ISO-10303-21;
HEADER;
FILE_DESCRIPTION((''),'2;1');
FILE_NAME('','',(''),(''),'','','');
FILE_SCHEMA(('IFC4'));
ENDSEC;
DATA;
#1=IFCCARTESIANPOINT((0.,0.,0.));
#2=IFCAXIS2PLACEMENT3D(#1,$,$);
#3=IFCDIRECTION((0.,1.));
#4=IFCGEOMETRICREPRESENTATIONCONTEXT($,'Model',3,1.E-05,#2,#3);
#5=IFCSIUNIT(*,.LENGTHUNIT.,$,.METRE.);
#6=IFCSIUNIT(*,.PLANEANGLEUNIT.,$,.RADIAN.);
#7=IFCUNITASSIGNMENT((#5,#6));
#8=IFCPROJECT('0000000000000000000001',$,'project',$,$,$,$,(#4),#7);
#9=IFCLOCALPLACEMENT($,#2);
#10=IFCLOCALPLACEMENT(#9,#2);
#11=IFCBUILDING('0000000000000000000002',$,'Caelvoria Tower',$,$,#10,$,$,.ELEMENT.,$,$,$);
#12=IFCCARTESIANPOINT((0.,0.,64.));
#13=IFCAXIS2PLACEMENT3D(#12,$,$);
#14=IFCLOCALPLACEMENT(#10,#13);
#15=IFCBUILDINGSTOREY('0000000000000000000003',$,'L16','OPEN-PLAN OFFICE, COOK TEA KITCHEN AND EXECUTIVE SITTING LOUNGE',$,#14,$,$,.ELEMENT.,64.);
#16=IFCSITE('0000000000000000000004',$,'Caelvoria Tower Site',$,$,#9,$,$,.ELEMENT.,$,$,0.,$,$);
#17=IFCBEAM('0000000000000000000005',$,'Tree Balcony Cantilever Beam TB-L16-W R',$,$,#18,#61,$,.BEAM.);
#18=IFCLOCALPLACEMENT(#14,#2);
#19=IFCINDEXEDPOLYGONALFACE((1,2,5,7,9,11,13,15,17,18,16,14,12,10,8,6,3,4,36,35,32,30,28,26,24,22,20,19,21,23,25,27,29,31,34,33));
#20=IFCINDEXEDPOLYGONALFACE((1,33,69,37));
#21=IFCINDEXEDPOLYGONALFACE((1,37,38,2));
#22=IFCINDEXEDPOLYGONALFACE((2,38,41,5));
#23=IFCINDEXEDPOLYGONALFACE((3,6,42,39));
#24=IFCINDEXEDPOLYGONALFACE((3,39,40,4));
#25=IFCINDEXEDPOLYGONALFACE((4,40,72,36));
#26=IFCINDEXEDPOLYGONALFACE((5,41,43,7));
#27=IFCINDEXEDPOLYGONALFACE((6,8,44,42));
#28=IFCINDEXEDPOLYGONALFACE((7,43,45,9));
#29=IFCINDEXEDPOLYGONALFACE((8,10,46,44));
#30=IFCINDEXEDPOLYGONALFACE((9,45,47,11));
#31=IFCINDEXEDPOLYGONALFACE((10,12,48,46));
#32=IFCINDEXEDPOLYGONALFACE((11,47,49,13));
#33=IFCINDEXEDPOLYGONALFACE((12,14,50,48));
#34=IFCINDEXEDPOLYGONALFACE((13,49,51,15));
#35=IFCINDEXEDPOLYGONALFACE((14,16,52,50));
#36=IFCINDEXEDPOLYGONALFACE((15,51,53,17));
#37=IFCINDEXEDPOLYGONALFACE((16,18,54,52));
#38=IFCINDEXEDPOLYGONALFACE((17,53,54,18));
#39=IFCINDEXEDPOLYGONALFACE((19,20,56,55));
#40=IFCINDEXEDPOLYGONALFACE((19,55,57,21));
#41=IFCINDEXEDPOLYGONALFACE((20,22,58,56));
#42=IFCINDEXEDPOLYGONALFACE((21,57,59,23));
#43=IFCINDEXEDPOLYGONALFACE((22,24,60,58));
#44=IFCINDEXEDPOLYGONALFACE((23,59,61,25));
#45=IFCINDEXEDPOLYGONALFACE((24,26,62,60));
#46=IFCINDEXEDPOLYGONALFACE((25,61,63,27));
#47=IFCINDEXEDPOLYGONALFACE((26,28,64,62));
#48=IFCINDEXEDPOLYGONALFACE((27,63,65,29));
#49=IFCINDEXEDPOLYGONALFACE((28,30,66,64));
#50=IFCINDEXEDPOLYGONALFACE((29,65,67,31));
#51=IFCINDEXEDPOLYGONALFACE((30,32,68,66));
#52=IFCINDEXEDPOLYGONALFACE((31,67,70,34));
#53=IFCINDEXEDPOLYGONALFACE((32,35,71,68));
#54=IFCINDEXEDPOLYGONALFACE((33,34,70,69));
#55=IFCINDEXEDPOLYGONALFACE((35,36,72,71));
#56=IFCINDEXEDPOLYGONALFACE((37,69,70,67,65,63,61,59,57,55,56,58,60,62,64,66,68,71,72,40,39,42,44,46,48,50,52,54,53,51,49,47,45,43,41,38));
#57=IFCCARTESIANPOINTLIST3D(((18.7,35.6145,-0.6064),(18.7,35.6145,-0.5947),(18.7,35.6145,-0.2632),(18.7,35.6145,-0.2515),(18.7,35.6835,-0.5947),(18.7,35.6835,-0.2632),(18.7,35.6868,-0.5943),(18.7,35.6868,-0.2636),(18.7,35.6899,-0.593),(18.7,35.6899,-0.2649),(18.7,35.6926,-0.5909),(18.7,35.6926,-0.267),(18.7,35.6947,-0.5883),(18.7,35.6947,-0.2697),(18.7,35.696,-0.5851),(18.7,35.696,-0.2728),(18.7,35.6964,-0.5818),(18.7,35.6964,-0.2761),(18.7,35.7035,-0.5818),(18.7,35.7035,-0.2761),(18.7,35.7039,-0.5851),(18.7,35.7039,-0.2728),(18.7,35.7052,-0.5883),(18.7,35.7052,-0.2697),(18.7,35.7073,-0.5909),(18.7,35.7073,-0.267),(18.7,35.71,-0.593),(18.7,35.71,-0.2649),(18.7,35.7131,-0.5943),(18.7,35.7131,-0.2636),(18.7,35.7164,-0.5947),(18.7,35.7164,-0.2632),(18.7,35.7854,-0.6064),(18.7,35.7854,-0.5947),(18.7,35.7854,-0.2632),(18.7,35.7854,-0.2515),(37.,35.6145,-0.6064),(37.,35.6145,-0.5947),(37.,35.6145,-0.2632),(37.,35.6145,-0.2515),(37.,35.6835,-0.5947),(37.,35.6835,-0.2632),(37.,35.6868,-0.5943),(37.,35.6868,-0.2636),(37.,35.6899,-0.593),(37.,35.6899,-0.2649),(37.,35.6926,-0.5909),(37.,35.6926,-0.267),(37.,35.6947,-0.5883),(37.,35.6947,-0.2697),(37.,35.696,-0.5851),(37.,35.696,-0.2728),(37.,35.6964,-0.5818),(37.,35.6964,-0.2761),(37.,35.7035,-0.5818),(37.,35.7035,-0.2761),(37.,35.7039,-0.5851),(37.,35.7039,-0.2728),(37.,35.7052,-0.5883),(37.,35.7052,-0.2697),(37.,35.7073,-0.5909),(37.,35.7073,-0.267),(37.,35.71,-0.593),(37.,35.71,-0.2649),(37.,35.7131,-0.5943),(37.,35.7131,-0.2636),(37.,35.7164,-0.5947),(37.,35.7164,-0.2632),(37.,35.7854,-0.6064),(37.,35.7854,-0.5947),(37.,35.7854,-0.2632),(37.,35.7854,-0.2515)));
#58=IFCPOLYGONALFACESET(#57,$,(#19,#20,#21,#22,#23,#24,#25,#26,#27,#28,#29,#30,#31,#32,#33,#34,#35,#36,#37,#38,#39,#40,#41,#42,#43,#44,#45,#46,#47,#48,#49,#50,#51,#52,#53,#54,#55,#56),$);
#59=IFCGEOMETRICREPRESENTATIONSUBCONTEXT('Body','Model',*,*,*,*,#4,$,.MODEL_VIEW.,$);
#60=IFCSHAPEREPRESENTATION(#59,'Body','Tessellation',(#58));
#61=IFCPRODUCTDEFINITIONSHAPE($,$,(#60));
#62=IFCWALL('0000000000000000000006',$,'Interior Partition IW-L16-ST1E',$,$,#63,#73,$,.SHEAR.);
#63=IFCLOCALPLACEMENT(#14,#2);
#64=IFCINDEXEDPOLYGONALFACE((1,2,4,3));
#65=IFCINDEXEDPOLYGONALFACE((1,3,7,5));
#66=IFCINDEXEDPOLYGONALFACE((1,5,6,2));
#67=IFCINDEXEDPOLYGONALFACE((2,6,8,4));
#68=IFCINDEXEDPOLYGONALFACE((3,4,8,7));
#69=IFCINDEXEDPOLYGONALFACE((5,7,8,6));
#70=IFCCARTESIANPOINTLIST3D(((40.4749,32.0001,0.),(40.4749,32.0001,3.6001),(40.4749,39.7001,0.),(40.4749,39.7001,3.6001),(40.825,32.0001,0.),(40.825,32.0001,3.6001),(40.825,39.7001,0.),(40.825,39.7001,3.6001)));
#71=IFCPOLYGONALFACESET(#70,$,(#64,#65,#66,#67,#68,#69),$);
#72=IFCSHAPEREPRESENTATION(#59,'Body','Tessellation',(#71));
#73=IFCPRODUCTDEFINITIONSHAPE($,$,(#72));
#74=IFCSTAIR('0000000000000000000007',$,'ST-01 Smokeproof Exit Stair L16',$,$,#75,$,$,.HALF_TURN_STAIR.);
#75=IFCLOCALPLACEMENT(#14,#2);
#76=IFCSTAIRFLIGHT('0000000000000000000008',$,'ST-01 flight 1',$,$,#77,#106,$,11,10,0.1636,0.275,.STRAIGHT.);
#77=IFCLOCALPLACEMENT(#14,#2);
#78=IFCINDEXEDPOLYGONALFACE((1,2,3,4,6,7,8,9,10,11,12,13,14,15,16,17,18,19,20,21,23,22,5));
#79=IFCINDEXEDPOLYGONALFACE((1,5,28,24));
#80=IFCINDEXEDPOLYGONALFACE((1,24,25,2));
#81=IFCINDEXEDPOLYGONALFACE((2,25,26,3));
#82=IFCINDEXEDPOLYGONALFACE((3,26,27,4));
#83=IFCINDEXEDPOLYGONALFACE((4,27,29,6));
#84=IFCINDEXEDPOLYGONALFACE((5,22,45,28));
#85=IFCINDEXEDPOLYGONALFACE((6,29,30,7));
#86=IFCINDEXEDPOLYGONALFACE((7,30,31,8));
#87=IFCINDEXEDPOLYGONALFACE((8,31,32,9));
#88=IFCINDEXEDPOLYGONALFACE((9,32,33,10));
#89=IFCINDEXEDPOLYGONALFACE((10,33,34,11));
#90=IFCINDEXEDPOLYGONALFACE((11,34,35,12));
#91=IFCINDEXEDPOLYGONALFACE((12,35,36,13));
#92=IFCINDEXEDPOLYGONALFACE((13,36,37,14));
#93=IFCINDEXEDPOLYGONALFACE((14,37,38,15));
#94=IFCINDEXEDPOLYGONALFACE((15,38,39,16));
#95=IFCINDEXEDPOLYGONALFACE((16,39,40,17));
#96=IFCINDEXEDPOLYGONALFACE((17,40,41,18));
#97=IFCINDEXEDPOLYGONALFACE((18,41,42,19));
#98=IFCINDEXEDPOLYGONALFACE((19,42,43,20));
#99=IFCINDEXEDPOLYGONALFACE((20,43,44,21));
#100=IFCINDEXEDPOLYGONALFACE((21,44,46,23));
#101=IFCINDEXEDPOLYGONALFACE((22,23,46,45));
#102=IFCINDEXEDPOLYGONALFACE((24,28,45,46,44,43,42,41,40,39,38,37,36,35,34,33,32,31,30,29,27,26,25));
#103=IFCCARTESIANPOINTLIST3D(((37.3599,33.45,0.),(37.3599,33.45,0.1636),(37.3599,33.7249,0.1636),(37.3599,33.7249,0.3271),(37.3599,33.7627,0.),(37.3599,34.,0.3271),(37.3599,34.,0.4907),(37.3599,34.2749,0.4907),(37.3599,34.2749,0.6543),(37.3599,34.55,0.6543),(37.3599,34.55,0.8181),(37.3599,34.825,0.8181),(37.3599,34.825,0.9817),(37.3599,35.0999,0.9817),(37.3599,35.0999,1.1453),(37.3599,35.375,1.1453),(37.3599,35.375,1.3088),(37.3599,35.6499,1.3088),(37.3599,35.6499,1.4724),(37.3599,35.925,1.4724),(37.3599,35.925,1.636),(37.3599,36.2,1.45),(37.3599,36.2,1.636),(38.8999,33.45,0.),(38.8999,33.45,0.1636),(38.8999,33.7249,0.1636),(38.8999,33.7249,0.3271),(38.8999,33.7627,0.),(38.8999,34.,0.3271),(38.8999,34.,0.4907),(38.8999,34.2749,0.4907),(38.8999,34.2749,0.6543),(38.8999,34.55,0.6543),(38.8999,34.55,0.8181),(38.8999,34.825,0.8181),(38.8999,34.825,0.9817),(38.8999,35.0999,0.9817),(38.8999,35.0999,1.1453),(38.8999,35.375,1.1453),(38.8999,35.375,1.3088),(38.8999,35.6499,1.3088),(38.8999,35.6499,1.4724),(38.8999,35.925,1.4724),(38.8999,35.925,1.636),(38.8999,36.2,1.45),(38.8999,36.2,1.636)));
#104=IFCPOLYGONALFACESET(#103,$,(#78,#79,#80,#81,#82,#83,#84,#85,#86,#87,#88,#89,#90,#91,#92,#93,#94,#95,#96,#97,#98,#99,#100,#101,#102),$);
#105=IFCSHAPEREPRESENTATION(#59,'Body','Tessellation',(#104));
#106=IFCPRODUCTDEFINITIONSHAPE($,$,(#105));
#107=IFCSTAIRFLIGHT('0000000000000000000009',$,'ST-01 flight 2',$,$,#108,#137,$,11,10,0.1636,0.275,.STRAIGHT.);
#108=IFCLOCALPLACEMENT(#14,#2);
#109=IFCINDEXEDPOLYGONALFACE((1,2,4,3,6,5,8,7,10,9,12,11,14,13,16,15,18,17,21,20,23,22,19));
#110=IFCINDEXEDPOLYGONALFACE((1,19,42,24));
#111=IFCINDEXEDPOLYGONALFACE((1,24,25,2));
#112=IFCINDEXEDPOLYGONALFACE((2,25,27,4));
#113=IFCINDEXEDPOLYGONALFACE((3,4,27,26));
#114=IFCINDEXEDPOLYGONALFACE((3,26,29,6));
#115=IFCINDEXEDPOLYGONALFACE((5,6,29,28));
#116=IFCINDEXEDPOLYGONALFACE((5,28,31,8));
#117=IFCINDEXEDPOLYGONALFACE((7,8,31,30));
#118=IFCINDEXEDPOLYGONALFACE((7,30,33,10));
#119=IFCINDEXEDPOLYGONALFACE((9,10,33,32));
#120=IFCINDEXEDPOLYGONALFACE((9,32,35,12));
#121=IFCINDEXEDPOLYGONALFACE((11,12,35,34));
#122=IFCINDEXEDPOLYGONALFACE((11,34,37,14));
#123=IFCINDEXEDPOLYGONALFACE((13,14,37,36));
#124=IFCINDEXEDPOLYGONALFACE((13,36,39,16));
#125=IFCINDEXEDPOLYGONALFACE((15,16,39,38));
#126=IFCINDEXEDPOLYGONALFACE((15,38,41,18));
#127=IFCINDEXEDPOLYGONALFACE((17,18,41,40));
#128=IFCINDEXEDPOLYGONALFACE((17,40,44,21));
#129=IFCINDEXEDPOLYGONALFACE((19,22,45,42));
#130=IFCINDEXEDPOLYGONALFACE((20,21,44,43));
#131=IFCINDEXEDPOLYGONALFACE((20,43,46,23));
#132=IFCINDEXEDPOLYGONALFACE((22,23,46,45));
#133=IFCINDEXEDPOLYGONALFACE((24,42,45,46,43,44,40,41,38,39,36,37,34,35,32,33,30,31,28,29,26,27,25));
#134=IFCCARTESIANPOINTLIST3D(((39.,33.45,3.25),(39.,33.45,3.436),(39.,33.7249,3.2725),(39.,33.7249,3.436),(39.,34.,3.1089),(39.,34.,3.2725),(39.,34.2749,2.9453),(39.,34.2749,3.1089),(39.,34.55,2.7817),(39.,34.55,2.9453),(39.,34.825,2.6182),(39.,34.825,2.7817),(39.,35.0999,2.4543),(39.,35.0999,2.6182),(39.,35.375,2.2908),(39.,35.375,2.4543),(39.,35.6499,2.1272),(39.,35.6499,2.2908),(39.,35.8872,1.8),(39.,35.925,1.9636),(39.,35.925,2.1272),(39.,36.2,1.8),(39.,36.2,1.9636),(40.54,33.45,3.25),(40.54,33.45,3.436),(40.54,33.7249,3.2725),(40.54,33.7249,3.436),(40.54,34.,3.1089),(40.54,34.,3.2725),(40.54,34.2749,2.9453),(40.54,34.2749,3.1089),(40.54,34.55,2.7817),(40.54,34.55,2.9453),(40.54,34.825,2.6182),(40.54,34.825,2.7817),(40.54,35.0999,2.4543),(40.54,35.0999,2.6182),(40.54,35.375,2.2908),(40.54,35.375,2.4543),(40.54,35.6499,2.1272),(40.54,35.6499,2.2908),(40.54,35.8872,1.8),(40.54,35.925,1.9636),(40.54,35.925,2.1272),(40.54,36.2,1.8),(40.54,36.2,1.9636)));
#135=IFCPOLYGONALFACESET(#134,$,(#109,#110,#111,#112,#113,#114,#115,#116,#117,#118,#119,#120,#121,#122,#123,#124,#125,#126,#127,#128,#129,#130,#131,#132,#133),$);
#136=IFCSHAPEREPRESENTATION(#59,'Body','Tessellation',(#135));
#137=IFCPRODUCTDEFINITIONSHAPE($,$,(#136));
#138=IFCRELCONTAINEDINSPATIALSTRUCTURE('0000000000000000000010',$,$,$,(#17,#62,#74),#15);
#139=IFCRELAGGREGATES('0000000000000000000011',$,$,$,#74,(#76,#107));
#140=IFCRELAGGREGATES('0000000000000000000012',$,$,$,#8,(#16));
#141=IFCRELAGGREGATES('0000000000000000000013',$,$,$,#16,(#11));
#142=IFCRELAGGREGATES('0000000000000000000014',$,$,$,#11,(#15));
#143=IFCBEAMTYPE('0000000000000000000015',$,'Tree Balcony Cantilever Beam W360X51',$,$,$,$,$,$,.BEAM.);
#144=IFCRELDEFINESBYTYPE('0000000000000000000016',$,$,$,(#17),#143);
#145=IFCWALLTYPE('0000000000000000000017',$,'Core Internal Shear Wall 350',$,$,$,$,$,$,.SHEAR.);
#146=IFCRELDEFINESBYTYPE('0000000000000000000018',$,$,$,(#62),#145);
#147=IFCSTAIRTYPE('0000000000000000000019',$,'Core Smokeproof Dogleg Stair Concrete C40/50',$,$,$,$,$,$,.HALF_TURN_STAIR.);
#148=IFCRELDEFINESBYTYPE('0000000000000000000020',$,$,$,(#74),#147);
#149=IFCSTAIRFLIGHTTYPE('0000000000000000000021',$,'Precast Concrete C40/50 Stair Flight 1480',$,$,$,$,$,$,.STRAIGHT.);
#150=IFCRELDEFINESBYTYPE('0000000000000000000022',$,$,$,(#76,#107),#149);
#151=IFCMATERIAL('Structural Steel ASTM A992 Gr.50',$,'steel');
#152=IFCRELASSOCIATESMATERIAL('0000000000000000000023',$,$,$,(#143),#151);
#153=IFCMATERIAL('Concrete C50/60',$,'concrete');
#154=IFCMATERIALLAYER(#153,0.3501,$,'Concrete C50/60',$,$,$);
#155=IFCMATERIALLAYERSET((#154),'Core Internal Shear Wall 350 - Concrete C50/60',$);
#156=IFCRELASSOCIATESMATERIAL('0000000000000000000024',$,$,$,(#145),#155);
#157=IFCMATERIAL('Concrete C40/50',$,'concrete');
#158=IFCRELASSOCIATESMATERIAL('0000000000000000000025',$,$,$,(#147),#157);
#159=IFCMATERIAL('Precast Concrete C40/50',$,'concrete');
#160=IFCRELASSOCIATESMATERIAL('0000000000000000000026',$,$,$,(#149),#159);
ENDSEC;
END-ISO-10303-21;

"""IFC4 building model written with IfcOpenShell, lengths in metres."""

from ifc_helpers import new_model, si_unit, direction, frame, frame_2d, origin, origin_2d, place, context, subcontext, project, spatial, polyline, rectangle, i_section, outline, extrude, material, layer, layer_set, material_profile, profile_set, type_object, element, aggregate, save


model = new_model("IFC4")

# Units and contexts
model_context = context("Model", 3, precision=1e-05, world=origin(), true_north=direction((0.0, 1.0)))
body_context = subcontext(model_context, "Body", "Model", "MODEL_VIEW")
ifc_project = project(units=[si_unit("LENGTHUNIT", "METRE"), si_unit("PLANEANGLEUNIT", "RADIAN")], contexts=[model_context])

# Site, building, storey
site_placement = place(None, origin())
site = spatial("IfcSite", under=ifc_project, at=site_placement, Name="Caelvoria Tower Site", CompositionType="ELEMENT", RefElevation=0.0)
building_placement = place(site_placement, origin())
building = spatial("IfcBuilding", under=site, at=building_placement, Name="Caelvoria Tower", CompositionType="ELEMENT")
storey_placement = place(building_placement, frame((0.0, 0.0, 64.0)))
storey = spatial("IfcBuildingStorey", under=building, at=storey_placement, Name="L16", Description="OPEN-PLAN OFFICE, COOK TEA KITCHEN AND EXECUTIVE SITTING LOUNGE", CompositionType="ELEMENT", Elevation=64.0)

# Beam
ifc_material_1 = material(Name="Structural Steel ASTM A992 Gr.50", Category="steel")
ifc_material_profile_1 = material_profile(ifc_material_1, i_section(OverallWidth=0.1709, OverallDepth=0.355, WebThickness=0.0071, FlangeThickness=0.0117, FilletRadius=0.0129, at=origin_2d()), Name="Structural Steel ASTM A992 Gr.50")
ifc_profile_set_1 = profile_set([ifc_material_profile_1], Name="W360X51 - Structural Steel ASTM A992 Gr.50")
beam_type_1 = type_object("IfcBeamType", Name="Tree Balcony Cantilever Beam W360X51", PredefinedType="BEAM", material=ifc_profile_set_1)
beam_1_placement = place(storey_placement, frame((37.0, 35.7, -0.429), z_axis=(-1.0, 0.0, 0.0), x_axis=(0.0, -1.0, 0.0)))
element("IfcBeam", 1, at=beam_1_placement, inside=storey, type_object=beam_type_1, Name="Tree Balcony Cantilever Beam TB-L16-W R", PredefinedType="BEAM", context=body_context, shape_type="SweptSolid", body=[
    extrude(i_section(OverallWidth=0.1709, OverallDepth=0.355, WebThickness=0.0071, FlangeThickness=0.0117, FilletRadius=0.0129, at=origin_2d()), origin(), (0.0, 0.0, 1.0), 18.3),
])

# Shared definitions
ifc_material_2 = material(Name="Concrete C50/60", Category="concrete")
ifc_layer_1 = layer(ifc_material_2, 0.3501, Name="Concrete C50/60")
ifc_layer_set_1 = layer_set([ifc_layer_1], Name="Core Internal Shear Wall 350 - Concrete C50/60")
wall_type_1 = type_object("IfcWallType", Name="Core Internal Shear Wall 350", PredefinedType="SHEAR", material=ifc_layer_set_1)

# Wall
wall_1_placement = place(storey_placement, frame((40.6499, 32.0, 0.0), z_axis=(0.0, 0.0, 1.0), x_axis=(0.0, 1.0, 0.0)))
element("IfcWall", 2, at=wall_1_placement, inside=storey, type_object=wall_type_1, Name="Interior Partition IW-L16-ST1E", PredefinedType="SHEAR", context=body_context, shape_type="SweptSolid", body=[
    extrude(rectangle(XDim=7.7, YDim=0.3501, at=frame_2d((3.8501, 0.0))), origin(), (0.0, 0.0, 1.0), 3.6001),
])

# Stair, stair flights
ifc_material_3 = material(Name="Concrete C40/50", Category="concrete")
stair_type = type_object("IfcStairType", Name="Core Smokeproof Dogleg Stair Concrete C40/50", PredefinedType="HALF_TURN_STAIR", material=ifc_material_3)
stair_placement = place(storey_placement, origin())
stair = element("IfcStair", 3, at=stair_placement, inside=storey, type_object=stair_type, Name="ST-01 Smokeproof Exit Stair L16", PredefinedType="HALF_TURN_STAIR")
ifc_material_4 = material(Name="Precast Concrete C40/50", Category="concrete")
stair_flight_type = type_object("IfcStairFlightType", Name="Precast Concrete C40/50 Stair Flight 1480", PredefinedType="STRAIGHT", material=ifc_material_4)
stair_flight_1_placement = place(storey_placement, frame((38.1299, 33.45, 0.0), z_axis=(0.0, 0.0, 1.0), x_axis=(0.0, 1.0, 0.0)))
stair_flight_1 = element("IfcStairFlight", 4, at=stair_flight_1_placement, type_object=stair_flight_type, Name="ST-01 flight 1", NumberOfRisers=11, NumberOfTreads=10, PredefinedType="STRAIGHT", RiserHeight=0.1636, TreadLength=0.275, context=body_context, shape_type="SweptSolid", body=[
    extrude(outline(polyline([(0.0, 0.0), (0.0, 0.1636), (0.2749, 0.1636), (0.2749, 0.3271), (0.55, 0.3271), (0.55, 0.4907), (0.825, 0.4907), (0.825, 0.6543), (1.1001, 0.6543), (1.1001, 0.8181), (1.375, 0.8181), (1.375, 0.9817), (1.6499, 0.9817), (1.6499, 1.1453), (1.925, 1.1453), (1.925, 1.3088), (2.2, 1.3088), (2.2, 1.4724), (2.4751, 1.4724), (2.4751, 1.636), (2.75, 1.636), (2.75, 1.7996), (2.75, 1.45), (0.3127, 0.0), (0.0, 0.0)])), frame((0.0, 0.77, 0.0), z_axis=(0.0, -1.0, 0.0), x_axis=(1.0, 0.0, 0.0)), (0.0, 0.0, 1.0), 1.54),
])
stair_flight_2_placement = place(storey_placement, frame((39.77, 36.2, 1.8), z_axis=(0.0, 0.0, 1.0), x_axis=(0.0, -1.0, 0.0)))
stair_flight_2 = element("IfcStairFlight", 5, at=stair_flight_2_placement, type_object=stair_flight_type, Name="ST-01 flight 2", NumberOfRisers=11, NumberOfTreads=10, PredefinedType="STRAIGHT", RiserHeight=0.1636, TreadLength=0.275, context=body_context, shape_type="SweptSolid", body=[
    extrude(outline(polyline([(0.0, 0.0), (0.0, 0.1636), (0.2749, 0.1636), (0.2749, 0.3271), (0.55, 0.3271), (0.55, 0.4907), (0.825, 0.4907), (0.825, 0.6543), (1.1001, 0.6543), (1.1001, 0.8181), (1.375, 0.8181), (1.375, 0.9817), (1.6499, 0.9817), (1.6499, 1.1453), (1.925, 1.1453), (1.925, 1.3088), (2.2, 1.3088), (2.2, 1.4724), (2.4751, 1.4724), (2.4751, 1.636), (2.75, 1.636), (2.75, 1.7996), (2.75, 1.45), (0.3127, 0.0), (0.0, 0.0)])), frame((0.0, 0.77, 0.0), z_axis=(0.0, -1.0, 0.0), x_axis=(1.0, 0.0, 0.0)), (0.0, 0.0, 1.0), 1.54),
])
aggregate(stair, [stair_flight_1, stair_flight_2])

save(model, "model.ifc")
